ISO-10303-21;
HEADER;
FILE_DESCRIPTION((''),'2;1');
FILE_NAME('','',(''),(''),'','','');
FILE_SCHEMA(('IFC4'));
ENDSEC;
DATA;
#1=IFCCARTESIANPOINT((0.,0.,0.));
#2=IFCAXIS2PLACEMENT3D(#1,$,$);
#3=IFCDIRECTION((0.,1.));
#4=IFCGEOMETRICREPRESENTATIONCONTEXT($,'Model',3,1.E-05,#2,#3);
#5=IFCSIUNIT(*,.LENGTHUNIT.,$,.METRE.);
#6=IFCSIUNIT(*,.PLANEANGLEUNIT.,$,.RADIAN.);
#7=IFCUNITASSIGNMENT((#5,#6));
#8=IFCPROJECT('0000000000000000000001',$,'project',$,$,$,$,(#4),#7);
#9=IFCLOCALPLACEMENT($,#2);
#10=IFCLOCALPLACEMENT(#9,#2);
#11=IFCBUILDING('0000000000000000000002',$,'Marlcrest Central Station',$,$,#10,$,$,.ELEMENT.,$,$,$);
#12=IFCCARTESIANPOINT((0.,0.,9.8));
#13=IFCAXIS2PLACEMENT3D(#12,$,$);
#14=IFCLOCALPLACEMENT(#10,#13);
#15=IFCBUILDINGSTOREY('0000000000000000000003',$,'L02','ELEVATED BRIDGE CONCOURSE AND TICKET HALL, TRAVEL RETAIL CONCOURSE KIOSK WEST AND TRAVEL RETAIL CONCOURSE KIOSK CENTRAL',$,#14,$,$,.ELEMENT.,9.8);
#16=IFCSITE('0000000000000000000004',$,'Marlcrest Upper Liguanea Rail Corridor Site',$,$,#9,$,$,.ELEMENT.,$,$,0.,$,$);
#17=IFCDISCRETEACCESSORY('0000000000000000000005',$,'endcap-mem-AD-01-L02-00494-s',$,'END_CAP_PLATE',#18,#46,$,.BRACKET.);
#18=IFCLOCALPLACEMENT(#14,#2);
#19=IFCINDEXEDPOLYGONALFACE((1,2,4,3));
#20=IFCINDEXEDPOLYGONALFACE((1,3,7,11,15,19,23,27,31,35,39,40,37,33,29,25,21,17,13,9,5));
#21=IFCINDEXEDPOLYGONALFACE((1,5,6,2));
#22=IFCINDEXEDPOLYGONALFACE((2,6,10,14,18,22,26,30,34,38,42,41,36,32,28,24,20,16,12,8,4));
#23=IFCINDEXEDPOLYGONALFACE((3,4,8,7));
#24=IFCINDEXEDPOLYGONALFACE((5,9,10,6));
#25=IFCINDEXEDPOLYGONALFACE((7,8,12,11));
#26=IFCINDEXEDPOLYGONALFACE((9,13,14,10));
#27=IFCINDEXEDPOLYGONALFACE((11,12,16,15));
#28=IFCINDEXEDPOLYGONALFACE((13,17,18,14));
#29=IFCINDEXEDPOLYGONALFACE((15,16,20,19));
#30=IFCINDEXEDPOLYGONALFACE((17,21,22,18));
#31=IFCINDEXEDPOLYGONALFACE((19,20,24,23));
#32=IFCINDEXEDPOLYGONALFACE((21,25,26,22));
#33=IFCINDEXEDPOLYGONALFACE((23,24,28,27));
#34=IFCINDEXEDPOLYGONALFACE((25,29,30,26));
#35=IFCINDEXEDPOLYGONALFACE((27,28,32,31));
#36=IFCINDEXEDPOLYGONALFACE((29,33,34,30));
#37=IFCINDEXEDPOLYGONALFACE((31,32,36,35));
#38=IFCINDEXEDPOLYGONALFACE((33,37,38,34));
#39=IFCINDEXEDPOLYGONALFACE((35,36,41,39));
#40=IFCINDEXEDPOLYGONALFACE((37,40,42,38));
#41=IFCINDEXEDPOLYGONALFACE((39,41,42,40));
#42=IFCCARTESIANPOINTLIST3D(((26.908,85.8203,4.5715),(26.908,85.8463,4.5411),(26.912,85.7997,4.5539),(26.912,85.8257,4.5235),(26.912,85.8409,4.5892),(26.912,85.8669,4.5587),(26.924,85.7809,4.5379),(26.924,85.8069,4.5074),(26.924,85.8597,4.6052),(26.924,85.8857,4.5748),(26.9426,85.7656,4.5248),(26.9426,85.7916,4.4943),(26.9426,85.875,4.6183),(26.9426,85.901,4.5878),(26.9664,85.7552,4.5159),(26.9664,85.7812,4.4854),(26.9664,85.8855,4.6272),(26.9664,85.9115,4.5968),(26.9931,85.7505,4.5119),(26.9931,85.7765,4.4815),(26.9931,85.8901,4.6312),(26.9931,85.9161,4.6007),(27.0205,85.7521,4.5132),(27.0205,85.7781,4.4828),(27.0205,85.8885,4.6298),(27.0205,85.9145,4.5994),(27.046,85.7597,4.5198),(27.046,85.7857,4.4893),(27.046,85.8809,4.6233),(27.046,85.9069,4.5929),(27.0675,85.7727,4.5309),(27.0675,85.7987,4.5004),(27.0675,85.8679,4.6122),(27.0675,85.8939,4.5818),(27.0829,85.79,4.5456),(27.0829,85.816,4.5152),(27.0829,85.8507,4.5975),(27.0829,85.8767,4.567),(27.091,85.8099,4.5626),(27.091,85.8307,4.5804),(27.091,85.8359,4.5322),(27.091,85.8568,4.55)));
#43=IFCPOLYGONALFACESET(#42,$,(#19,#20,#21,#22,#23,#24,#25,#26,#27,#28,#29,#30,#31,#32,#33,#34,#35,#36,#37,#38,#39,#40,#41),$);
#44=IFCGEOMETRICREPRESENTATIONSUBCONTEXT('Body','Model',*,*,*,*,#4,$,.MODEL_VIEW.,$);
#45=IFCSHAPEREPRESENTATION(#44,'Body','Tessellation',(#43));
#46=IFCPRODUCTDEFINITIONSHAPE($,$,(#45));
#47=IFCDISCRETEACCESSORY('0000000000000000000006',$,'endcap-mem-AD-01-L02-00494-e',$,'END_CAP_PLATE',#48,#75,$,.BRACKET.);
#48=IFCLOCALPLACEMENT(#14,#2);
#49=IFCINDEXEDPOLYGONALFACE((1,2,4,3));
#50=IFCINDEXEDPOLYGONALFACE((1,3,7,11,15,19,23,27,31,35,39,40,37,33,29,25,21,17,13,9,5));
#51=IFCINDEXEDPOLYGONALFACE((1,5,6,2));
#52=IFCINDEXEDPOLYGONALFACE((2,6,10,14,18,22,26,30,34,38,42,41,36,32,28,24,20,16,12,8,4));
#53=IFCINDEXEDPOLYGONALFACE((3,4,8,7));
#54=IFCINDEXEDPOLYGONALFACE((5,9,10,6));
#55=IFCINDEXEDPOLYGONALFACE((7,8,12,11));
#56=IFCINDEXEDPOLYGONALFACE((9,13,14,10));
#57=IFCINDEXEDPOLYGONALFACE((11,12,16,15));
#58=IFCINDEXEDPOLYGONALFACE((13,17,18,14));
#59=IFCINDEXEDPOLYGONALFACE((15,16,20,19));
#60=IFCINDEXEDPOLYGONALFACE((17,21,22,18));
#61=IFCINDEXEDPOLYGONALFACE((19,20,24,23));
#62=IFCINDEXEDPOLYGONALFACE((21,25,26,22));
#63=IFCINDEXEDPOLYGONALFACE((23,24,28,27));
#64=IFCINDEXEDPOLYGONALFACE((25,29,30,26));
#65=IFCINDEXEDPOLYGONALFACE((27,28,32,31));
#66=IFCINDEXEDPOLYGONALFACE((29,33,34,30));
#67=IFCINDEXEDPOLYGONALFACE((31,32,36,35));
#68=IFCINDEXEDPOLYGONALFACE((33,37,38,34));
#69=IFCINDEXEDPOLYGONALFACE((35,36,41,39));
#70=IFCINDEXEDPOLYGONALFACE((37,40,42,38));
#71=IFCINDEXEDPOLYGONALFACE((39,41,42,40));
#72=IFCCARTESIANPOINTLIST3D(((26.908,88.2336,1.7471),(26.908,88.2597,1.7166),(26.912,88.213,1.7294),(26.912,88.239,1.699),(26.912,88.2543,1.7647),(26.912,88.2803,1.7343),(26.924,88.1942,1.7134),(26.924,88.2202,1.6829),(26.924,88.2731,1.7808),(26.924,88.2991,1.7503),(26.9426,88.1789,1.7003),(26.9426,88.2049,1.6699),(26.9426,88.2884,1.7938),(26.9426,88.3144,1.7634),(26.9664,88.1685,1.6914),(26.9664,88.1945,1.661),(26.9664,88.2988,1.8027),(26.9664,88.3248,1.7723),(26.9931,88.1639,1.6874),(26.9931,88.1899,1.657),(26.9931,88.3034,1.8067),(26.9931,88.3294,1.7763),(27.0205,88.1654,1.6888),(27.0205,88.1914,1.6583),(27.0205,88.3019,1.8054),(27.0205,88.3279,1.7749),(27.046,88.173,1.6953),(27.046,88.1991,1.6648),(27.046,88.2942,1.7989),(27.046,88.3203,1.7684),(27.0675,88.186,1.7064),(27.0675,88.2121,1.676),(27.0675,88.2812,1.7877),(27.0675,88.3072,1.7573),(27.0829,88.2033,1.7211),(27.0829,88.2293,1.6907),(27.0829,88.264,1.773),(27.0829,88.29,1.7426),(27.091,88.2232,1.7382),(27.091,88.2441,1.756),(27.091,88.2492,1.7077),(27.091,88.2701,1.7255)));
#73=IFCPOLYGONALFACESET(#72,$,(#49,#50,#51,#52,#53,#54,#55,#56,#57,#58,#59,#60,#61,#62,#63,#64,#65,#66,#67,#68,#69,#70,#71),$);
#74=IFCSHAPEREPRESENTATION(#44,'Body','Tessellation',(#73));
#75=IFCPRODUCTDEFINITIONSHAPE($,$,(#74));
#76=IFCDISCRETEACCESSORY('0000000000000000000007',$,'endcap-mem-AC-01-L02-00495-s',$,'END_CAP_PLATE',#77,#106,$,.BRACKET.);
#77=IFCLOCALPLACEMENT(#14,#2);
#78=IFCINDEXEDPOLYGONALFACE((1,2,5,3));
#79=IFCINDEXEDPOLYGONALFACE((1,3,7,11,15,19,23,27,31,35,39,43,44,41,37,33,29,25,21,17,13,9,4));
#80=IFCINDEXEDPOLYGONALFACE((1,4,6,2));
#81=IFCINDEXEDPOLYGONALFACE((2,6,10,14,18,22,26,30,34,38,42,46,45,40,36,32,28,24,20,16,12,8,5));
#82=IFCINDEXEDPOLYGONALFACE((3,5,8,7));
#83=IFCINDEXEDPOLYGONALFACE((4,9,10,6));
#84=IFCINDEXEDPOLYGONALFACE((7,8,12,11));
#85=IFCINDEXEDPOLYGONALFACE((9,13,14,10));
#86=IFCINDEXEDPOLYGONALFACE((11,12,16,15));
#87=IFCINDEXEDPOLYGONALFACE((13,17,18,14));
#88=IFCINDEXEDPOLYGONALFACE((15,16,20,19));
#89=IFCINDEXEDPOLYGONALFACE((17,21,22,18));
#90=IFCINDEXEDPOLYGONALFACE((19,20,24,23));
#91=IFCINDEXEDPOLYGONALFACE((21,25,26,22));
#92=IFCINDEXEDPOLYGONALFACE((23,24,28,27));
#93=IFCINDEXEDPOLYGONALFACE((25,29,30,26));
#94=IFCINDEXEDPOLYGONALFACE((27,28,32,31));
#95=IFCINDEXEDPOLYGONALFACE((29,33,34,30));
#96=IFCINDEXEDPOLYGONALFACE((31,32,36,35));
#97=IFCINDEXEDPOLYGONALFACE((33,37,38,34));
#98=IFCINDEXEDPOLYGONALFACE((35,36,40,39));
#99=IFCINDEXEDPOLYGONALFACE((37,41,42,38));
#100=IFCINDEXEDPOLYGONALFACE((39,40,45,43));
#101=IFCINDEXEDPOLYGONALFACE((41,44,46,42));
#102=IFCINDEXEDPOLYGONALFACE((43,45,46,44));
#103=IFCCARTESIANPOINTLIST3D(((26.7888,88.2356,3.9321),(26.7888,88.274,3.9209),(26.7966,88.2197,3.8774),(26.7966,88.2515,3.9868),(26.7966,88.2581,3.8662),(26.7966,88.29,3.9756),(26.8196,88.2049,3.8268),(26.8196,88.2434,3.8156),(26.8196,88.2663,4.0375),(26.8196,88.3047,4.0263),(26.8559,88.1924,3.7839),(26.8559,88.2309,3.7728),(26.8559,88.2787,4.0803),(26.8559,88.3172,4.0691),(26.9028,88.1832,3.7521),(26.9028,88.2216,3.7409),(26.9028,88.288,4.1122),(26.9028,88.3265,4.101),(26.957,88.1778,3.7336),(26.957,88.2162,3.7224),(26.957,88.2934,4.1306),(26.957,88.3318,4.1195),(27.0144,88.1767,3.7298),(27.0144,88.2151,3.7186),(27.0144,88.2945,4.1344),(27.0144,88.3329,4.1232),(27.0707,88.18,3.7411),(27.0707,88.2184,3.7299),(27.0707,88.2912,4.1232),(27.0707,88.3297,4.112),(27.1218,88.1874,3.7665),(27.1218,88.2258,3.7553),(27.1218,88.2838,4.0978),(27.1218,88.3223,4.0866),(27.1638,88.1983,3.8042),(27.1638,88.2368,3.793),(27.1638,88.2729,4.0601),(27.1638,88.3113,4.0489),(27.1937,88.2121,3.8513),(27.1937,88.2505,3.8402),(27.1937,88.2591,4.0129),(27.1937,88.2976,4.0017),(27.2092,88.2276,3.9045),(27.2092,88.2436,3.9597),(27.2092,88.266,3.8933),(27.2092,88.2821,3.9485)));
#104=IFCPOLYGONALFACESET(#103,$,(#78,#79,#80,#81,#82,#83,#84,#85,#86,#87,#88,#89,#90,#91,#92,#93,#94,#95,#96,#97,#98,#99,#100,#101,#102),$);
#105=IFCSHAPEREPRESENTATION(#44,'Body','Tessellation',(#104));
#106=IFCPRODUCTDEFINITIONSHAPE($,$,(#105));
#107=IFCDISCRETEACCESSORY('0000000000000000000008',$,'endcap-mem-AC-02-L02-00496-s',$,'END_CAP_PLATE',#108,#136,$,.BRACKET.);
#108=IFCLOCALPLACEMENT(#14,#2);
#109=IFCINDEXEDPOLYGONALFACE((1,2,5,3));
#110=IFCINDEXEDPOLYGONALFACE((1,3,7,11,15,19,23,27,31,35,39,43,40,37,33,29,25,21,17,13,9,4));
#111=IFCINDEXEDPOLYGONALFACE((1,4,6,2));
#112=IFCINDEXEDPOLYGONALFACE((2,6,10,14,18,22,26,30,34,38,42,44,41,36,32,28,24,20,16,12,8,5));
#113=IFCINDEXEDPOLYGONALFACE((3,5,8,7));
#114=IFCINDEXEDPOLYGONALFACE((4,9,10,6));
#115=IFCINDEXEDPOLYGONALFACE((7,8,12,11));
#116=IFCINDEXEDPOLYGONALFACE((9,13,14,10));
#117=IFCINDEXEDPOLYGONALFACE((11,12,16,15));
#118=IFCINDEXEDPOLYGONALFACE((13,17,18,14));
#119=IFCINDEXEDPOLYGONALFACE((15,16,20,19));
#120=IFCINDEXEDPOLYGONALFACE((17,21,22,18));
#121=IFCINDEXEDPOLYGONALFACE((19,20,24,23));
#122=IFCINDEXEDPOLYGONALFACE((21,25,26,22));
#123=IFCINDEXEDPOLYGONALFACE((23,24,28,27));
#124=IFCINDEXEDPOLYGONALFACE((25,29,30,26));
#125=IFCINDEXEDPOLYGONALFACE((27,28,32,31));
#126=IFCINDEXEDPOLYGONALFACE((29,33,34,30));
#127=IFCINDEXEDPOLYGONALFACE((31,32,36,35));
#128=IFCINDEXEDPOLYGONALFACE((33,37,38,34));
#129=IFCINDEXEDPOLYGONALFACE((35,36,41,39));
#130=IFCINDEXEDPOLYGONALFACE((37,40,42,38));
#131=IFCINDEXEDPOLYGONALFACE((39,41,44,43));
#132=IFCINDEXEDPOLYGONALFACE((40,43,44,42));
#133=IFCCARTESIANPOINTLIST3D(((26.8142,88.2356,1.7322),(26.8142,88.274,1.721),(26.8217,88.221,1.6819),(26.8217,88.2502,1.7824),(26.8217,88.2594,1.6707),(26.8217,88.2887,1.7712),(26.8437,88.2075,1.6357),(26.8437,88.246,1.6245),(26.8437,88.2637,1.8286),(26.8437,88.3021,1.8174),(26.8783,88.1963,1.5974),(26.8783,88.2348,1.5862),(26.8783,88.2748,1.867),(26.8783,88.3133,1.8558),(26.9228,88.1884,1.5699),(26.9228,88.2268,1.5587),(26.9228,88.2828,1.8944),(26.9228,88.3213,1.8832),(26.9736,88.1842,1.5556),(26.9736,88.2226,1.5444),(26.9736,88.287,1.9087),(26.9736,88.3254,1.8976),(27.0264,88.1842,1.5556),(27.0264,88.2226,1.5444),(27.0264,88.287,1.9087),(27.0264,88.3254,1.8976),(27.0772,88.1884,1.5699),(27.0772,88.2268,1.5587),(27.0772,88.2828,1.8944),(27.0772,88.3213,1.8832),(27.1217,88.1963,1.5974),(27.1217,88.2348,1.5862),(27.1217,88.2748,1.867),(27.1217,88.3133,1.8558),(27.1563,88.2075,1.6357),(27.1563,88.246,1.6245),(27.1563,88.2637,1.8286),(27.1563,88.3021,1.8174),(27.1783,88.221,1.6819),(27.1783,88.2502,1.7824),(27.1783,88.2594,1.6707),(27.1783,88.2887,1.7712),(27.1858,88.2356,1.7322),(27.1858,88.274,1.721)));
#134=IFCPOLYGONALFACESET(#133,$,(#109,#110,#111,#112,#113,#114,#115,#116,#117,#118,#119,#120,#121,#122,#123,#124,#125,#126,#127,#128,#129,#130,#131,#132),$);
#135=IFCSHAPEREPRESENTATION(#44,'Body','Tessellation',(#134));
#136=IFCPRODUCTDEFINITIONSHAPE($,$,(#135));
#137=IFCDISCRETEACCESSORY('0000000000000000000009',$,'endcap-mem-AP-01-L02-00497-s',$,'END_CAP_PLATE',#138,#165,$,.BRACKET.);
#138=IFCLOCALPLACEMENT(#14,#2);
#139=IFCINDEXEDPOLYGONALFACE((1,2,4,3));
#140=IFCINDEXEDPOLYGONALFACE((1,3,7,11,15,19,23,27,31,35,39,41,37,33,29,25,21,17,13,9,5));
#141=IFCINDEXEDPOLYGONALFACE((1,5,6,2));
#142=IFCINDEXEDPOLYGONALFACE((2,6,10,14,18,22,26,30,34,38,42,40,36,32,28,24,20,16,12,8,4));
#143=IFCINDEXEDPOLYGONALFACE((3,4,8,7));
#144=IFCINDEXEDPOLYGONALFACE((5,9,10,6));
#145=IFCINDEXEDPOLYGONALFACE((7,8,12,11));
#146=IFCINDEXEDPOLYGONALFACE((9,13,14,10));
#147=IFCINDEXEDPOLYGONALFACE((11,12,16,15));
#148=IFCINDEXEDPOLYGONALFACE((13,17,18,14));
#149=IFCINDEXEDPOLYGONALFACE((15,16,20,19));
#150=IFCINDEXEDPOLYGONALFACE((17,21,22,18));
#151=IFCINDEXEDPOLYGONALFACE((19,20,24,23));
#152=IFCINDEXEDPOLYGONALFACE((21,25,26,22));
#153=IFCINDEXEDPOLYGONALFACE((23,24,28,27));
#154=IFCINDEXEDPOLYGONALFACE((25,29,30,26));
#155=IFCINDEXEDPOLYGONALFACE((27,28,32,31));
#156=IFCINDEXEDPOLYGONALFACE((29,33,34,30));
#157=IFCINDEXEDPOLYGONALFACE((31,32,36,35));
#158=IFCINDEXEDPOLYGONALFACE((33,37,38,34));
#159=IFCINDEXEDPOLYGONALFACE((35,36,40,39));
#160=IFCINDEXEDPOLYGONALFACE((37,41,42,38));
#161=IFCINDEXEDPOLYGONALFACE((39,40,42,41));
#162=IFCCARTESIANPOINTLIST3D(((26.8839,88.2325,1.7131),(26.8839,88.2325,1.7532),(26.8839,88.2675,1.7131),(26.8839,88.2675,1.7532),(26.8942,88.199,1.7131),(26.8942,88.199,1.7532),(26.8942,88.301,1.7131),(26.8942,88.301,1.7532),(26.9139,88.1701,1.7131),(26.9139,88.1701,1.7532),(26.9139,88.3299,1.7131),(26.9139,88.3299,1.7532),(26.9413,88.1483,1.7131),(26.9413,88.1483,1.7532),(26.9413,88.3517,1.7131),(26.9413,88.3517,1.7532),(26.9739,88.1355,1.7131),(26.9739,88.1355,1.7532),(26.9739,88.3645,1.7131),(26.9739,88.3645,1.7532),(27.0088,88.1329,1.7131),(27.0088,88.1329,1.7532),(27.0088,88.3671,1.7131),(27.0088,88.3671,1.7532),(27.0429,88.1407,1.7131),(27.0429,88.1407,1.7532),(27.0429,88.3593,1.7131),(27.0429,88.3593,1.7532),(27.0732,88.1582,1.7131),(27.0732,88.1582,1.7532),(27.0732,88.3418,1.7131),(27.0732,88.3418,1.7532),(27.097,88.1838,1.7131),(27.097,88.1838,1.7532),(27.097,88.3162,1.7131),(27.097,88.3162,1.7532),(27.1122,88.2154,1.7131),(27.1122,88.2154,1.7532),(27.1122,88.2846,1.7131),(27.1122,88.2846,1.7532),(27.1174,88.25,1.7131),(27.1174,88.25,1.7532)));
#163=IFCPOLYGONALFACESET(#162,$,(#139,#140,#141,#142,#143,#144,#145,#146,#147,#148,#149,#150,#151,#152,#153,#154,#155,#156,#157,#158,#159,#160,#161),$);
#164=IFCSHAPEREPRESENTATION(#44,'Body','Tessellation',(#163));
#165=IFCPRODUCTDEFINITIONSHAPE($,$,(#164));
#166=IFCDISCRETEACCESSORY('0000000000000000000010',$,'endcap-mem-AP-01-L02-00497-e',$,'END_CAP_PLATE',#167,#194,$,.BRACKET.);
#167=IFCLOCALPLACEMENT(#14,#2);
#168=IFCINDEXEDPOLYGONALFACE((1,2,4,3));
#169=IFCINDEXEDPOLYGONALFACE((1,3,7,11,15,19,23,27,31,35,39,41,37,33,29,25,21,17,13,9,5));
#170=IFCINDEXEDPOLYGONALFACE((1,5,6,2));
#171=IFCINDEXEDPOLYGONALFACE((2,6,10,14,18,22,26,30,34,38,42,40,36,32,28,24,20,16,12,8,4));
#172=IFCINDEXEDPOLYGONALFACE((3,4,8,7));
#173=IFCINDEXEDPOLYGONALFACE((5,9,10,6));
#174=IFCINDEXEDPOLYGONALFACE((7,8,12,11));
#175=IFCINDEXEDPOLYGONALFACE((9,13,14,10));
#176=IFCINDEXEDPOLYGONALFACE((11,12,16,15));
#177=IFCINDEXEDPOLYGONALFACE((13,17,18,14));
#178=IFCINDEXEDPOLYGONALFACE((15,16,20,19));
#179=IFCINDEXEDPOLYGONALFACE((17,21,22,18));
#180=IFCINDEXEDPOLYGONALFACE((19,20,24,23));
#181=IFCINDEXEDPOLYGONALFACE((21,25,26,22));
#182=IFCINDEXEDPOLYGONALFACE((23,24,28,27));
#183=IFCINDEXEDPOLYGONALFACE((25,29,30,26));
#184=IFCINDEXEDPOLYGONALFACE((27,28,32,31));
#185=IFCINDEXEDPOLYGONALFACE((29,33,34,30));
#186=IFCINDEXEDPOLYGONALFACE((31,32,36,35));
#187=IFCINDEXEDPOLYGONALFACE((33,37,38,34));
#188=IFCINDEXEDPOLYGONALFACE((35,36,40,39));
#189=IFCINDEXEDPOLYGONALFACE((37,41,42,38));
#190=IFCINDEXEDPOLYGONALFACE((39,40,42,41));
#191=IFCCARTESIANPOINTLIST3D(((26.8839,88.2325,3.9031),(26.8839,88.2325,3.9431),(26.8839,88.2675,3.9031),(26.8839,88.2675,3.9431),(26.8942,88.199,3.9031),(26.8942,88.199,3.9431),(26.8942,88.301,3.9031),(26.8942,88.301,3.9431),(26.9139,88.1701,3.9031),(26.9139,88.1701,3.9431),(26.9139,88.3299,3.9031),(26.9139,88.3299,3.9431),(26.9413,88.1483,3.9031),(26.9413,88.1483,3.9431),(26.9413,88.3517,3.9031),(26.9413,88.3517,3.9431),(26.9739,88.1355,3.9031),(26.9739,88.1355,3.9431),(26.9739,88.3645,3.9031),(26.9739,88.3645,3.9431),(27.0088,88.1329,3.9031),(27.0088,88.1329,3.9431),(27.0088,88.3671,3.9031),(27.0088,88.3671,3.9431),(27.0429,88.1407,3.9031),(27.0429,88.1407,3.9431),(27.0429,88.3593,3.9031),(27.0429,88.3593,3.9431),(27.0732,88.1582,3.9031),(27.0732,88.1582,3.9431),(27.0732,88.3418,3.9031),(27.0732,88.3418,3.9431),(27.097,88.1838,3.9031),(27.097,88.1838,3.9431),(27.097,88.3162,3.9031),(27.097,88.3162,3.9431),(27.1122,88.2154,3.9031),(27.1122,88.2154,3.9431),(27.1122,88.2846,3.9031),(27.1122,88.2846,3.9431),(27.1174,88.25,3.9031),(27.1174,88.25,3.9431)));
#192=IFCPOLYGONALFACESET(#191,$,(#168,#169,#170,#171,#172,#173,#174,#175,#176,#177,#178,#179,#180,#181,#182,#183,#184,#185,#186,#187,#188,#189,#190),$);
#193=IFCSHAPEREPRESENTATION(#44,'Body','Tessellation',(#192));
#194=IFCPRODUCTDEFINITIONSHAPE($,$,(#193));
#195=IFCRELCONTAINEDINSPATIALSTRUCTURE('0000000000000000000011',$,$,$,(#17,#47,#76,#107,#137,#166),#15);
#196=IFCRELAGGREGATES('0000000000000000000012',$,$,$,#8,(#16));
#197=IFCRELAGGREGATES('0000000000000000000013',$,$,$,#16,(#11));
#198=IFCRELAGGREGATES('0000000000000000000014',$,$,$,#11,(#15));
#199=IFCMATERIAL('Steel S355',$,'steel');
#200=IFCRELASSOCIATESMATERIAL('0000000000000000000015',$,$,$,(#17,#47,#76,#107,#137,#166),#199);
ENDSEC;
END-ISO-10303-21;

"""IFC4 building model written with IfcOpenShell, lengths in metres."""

from ifc_helpers import new_model, si_unit, direction, frame, origin, origin_2d, place, context, subcontext, project, spatial, circle, extrude, material, element, save


model = new_model("IFC4")

# Units and contexts
model_context = context("Model", 3, precision=1e-05, world=origin(), true_north=direction((0.0, 1.0)))
body_context = subcontext(model_context, "Body", "Model", "MODEL_VIEW")
ifc_project = project(units=[si_unit("LENGTHUNIT", "METRE"), si_unit("PLANEANGLEUNIT", "RADIAN")], contexts=[model_context])

# Site, building, storey
site_placement = place(None, origin())
site = spatial("IfcSite", under=ifc_project, at=site_placement, Name="Marlcrest Upper Liguanea Rail Corridor Site", CompositionType="ELEMENT", RefElevation=0.0)
building_placement = place(site_placement, origin())
building = spatial("IfcBuilding", under=site, at=building_placement, Name="Marlcrest Central Station", CompositionType="ELEMENT")
storey_placement = place(building_placement, frame((0.0, 0.0, 9.8)))
storey = spatial("IfcBuildingStorey", under=building, at=storey_placement, Name="L02", Description="ELEVATED BRIDGE CONCOURSE AND TICKET HALL, TRAVEL RETAIL CONCOURSE KIOSK WEST AND TRAVEL RETAIL CONCOURSE KIOSK CENTRAL", CompositionType="ELEMENT", Elevation=9.8)

# Shared definitions
ifc_material_1 = material(Name="Steel S355", Category="steel")

# Discrete accessories
for number, where, z_axis, x_axis, name in (
    (1, (27.0, 85.8203, 4.5715), (0.0, 0.649625, -0.760255), (-1.0, 0.0, 0.0), "endcap-mem-AD-01-L02-00494-s"),
    (2, (27.0, 88.2336, 1.7471), (0.0, 0.649625, -0.760255), (-1.0, 0.0, 0.0), "endcap-mem-AD-01-L02-00494-e"),
):
    element("IfcDiscreteAccessory", number, at=place(storey_placement, frame(where, z_axis=z_axis, x_axis=x_axis)), inside=storey, material=ifc_material_1, Name=name, ObjectType="END_CAP_PLATE", PredefinedType="BRACKET", context=body_context, shape_type="SweptSolid", body=[
        extrude(circle(Radius=0.092, at=origin_2d()), origin(), (0.0, 0.0, 1.0), 0.04),
    ])
discrete_accessory_1_placement = place(storey_placement, frame((27.0, 88.2356, 3.9321), z_axis=(0.0, 0.96013, -0.279554), x_axis=(-1.0, 0.0, 0.0)))
element("IfcDiscreteAccessory", 3, at=discrete_accessory_1_placement, inside=storey, material=ifc_material_1, Name="endcap-mem-AC-01-L02-00495-s", ObjectType="END_CAP_PLATE", PredefinedType="BRACKET", context=body_context, shape_type="SweptSolid", body=[
    extrude(circle(Radius=0.2112, at=origin_2d()), origin(), (0.0, 0.0, 1.0), 0.04),
])
discrete_accessory_2_placement = place(storey_placement, frame((27.0, 88.2356, 1.7322), z_axis=(0.0, 0.96013, -0.279554), x_axis=(-1.0, 0.0, 0.0)))
element("IfcDiscreteAccessory", 4, at=discrete_accessory_2_placement, inside=storey, material=ifc_material_1, Name="endcap-mem-AC-02-L02-00496-s", ObjectType="END_CAP_PLATE", PredefinedType="BRACKET", context=body_context, shape_type="SweptSolid", body=[
    extrude(circle(Radius=0.1858, at=origin_2d()), origin(), (0.0, 0.0, 1.0), 0.04),
])
for number, where, z_axis, x_axis, name in (
    (5, (27.0, 88.25, 1.7131), (0.0, 0.0, 1.0), (1.0, 0.0, 0.0), "endcap-mem-AP-01-L02-00497-s"),
    (6, (27.0, 88.25, 3.9031), (0.0, 0.0, 1.0), (1.0, 0.0, 0.0), "endcap-mem-AP-01-L02-00497-e"),
):
    element("IfcDiscreteAccessory", number, at=place(storey_placement, frame(where, z_axis=z_axis, x_axis=x_axis)), inside=storey, material=ifc_material_1, Name=name, ObjectType="END_CAP_PLATE", PredefinedType="BRACKET", context=body_context, shape_type="SweptSolid", body=[
        extrude(circle(Radius=0.1174, at=origin_2d()), origin(), (0.0, 0.0, 1.0), 0.04),
    ])

save(model, "model.ifc")
